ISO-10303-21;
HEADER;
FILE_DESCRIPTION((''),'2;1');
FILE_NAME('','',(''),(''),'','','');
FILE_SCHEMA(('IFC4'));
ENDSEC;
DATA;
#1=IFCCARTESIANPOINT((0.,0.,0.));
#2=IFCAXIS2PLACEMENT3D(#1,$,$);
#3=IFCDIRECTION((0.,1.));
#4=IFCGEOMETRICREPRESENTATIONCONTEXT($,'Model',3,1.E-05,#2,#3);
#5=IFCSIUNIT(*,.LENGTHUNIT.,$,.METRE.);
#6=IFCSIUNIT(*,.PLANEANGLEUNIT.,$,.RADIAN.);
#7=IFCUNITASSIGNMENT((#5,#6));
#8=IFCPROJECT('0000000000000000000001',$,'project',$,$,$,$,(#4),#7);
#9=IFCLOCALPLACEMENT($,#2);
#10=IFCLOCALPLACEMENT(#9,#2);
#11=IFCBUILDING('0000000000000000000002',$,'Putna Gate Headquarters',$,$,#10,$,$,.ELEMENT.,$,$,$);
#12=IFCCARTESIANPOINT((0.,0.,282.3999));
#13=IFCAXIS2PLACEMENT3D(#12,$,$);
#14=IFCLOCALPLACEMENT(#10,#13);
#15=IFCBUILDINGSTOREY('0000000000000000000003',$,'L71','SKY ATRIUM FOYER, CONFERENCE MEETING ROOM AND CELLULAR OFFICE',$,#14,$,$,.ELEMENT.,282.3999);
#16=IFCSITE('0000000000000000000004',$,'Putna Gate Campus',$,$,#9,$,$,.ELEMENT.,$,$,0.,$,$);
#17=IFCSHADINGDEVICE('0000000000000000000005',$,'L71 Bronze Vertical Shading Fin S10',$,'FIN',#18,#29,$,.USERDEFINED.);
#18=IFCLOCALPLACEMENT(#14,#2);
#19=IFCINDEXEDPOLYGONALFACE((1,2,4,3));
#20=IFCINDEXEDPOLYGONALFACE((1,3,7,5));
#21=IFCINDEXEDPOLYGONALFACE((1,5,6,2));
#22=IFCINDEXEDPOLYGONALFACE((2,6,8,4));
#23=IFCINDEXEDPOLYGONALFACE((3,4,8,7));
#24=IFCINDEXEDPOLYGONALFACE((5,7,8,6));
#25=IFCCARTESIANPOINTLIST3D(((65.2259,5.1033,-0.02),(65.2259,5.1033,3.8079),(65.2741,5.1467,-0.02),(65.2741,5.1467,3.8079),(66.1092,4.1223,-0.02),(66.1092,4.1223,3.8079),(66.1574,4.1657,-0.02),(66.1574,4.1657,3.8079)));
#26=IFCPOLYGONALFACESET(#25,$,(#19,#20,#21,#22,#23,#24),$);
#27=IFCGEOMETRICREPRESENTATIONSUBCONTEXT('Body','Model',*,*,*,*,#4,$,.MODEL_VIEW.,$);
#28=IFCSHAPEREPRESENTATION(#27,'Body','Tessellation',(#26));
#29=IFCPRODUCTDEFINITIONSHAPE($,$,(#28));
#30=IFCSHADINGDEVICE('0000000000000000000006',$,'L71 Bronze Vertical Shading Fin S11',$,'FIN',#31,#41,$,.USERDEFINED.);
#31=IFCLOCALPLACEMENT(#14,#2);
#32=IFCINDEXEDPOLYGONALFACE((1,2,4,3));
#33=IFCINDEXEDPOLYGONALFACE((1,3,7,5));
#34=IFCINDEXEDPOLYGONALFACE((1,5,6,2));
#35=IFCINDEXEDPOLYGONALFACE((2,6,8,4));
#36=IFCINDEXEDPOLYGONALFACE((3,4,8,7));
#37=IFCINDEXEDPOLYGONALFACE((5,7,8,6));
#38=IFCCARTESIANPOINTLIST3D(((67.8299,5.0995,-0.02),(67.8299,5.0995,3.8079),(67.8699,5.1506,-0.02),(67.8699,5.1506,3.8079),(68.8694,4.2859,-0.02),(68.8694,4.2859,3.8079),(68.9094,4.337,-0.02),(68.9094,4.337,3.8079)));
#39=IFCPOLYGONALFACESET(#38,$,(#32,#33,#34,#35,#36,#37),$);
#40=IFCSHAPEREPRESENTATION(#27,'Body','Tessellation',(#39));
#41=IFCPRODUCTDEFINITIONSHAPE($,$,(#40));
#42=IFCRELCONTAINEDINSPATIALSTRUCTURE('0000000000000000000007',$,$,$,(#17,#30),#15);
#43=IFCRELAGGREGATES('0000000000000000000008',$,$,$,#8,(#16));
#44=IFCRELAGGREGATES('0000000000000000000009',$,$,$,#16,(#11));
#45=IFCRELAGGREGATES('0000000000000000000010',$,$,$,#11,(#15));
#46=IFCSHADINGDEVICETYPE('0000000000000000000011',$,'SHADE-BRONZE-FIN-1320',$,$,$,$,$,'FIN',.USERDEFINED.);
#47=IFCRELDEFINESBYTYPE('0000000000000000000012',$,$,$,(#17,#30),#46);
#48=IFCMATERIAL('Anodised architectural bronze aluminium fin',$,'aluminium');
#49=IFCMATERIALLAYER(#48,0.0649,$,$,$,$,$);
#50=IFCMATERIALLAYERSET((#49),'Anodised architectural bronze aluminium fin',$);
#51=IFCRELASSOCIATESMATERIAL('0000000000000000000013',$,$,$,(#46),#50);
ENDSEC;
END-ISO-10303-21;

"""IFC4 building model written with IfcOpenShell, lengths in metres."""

from ifc_helpers import new_model, si_unit, direction, frame, origin, origin_2d, place, context, subcontext, project, spatial, rectangle, extrude, material, layer, layer_set, type_object, element, save


model = new_model("IFC4")

# Units and contexts
model_context = context("Model", 3, precision=1e-05, world=origin(), true_north=direction((0.0, 1.0)))
body_context = subcontext(model_context, "Body", "Model", "MODEL_VIEW")
ifc_project = project(units=[si_unit("LENGTHUNIT", "METRE"), si_unit("PLANEANGLEUNIT", "RADIAN")], contexts=[model_context])

# Site, building, storey
site_placement = place(None, origin())
site = spatial("IfcSite", under=ifc_project, at=site_placement, Name="Putna Gate Campus", CompositionType="ELEMENT", RefElevation=0.0)
building_placement = place(site_placement, origin())
building = spatial("IfcBuilding", under=site, at=building_placement, Name="Putna Gate Headquarters", CompositionType="ELEMENT")
storey_placement = place(building_placement, frame((0.0, 0.0, 282.3999)))
storey = spatial("IfcBuildingStorey", under=building, at=storey_placement, Name="L71", Description="SKY ATRIUM FOYER, CONFERENCE MEETING ROOM AND CELLULAR OFFICE", CompositionType="ELEMENT", Elevation=282.3999)

# Shading devices
ifc_material_1 = material(Name="Anodised architectural bronze aluminium fin", Category="aluminium")
ifc_layer_1 = layer(ifc_material_1, 0.0649)
ifc_layer_set_1 = layer_set([ifc_layer_1], Name="Anodised architectural bronze aluminium fin")
shading_device_type = type_object("IfcShadingDeviceType", Name="SHADE-BRONZE-FIN-1320", ElementType="FIN", PredefinedType="USERDEFINED", material=ifc_layer_set_1)
for number, where, z_axis, x_axis, name in (
    (1, (65.6917, 4.6345, -0.02), (0.0, 0.0, 1.0), (0.669131, -0.743145, 0.0), "L71 Bronze Vertical Shading Fin S10"),
    (2, (68.3696, 4.7183, -0.02), (0.0, 0.0, 1.0), (0.787473, -0.616349, 0.0), "L71 Bronze Vertical Shading Fin S11"),
):
    element("IfcShadingDevice", number, at=place(storey_placement, frame(where, z_axis=z_axis, x_axis=x_axis)), inside=storey, type_object=shading_device_type, Name=name, ObjectType="FIN", PredefinedType="USERDEFINED", context=body_context, shape_type="SweptSolid", body=[
        extrude(rectangle(XDim=1.3201, YDim=0.0649, at=origin_2d()), origin(), (0.0, 0.0, 1.0), 3.8279),
    ])

save(model, "model.ifc")
